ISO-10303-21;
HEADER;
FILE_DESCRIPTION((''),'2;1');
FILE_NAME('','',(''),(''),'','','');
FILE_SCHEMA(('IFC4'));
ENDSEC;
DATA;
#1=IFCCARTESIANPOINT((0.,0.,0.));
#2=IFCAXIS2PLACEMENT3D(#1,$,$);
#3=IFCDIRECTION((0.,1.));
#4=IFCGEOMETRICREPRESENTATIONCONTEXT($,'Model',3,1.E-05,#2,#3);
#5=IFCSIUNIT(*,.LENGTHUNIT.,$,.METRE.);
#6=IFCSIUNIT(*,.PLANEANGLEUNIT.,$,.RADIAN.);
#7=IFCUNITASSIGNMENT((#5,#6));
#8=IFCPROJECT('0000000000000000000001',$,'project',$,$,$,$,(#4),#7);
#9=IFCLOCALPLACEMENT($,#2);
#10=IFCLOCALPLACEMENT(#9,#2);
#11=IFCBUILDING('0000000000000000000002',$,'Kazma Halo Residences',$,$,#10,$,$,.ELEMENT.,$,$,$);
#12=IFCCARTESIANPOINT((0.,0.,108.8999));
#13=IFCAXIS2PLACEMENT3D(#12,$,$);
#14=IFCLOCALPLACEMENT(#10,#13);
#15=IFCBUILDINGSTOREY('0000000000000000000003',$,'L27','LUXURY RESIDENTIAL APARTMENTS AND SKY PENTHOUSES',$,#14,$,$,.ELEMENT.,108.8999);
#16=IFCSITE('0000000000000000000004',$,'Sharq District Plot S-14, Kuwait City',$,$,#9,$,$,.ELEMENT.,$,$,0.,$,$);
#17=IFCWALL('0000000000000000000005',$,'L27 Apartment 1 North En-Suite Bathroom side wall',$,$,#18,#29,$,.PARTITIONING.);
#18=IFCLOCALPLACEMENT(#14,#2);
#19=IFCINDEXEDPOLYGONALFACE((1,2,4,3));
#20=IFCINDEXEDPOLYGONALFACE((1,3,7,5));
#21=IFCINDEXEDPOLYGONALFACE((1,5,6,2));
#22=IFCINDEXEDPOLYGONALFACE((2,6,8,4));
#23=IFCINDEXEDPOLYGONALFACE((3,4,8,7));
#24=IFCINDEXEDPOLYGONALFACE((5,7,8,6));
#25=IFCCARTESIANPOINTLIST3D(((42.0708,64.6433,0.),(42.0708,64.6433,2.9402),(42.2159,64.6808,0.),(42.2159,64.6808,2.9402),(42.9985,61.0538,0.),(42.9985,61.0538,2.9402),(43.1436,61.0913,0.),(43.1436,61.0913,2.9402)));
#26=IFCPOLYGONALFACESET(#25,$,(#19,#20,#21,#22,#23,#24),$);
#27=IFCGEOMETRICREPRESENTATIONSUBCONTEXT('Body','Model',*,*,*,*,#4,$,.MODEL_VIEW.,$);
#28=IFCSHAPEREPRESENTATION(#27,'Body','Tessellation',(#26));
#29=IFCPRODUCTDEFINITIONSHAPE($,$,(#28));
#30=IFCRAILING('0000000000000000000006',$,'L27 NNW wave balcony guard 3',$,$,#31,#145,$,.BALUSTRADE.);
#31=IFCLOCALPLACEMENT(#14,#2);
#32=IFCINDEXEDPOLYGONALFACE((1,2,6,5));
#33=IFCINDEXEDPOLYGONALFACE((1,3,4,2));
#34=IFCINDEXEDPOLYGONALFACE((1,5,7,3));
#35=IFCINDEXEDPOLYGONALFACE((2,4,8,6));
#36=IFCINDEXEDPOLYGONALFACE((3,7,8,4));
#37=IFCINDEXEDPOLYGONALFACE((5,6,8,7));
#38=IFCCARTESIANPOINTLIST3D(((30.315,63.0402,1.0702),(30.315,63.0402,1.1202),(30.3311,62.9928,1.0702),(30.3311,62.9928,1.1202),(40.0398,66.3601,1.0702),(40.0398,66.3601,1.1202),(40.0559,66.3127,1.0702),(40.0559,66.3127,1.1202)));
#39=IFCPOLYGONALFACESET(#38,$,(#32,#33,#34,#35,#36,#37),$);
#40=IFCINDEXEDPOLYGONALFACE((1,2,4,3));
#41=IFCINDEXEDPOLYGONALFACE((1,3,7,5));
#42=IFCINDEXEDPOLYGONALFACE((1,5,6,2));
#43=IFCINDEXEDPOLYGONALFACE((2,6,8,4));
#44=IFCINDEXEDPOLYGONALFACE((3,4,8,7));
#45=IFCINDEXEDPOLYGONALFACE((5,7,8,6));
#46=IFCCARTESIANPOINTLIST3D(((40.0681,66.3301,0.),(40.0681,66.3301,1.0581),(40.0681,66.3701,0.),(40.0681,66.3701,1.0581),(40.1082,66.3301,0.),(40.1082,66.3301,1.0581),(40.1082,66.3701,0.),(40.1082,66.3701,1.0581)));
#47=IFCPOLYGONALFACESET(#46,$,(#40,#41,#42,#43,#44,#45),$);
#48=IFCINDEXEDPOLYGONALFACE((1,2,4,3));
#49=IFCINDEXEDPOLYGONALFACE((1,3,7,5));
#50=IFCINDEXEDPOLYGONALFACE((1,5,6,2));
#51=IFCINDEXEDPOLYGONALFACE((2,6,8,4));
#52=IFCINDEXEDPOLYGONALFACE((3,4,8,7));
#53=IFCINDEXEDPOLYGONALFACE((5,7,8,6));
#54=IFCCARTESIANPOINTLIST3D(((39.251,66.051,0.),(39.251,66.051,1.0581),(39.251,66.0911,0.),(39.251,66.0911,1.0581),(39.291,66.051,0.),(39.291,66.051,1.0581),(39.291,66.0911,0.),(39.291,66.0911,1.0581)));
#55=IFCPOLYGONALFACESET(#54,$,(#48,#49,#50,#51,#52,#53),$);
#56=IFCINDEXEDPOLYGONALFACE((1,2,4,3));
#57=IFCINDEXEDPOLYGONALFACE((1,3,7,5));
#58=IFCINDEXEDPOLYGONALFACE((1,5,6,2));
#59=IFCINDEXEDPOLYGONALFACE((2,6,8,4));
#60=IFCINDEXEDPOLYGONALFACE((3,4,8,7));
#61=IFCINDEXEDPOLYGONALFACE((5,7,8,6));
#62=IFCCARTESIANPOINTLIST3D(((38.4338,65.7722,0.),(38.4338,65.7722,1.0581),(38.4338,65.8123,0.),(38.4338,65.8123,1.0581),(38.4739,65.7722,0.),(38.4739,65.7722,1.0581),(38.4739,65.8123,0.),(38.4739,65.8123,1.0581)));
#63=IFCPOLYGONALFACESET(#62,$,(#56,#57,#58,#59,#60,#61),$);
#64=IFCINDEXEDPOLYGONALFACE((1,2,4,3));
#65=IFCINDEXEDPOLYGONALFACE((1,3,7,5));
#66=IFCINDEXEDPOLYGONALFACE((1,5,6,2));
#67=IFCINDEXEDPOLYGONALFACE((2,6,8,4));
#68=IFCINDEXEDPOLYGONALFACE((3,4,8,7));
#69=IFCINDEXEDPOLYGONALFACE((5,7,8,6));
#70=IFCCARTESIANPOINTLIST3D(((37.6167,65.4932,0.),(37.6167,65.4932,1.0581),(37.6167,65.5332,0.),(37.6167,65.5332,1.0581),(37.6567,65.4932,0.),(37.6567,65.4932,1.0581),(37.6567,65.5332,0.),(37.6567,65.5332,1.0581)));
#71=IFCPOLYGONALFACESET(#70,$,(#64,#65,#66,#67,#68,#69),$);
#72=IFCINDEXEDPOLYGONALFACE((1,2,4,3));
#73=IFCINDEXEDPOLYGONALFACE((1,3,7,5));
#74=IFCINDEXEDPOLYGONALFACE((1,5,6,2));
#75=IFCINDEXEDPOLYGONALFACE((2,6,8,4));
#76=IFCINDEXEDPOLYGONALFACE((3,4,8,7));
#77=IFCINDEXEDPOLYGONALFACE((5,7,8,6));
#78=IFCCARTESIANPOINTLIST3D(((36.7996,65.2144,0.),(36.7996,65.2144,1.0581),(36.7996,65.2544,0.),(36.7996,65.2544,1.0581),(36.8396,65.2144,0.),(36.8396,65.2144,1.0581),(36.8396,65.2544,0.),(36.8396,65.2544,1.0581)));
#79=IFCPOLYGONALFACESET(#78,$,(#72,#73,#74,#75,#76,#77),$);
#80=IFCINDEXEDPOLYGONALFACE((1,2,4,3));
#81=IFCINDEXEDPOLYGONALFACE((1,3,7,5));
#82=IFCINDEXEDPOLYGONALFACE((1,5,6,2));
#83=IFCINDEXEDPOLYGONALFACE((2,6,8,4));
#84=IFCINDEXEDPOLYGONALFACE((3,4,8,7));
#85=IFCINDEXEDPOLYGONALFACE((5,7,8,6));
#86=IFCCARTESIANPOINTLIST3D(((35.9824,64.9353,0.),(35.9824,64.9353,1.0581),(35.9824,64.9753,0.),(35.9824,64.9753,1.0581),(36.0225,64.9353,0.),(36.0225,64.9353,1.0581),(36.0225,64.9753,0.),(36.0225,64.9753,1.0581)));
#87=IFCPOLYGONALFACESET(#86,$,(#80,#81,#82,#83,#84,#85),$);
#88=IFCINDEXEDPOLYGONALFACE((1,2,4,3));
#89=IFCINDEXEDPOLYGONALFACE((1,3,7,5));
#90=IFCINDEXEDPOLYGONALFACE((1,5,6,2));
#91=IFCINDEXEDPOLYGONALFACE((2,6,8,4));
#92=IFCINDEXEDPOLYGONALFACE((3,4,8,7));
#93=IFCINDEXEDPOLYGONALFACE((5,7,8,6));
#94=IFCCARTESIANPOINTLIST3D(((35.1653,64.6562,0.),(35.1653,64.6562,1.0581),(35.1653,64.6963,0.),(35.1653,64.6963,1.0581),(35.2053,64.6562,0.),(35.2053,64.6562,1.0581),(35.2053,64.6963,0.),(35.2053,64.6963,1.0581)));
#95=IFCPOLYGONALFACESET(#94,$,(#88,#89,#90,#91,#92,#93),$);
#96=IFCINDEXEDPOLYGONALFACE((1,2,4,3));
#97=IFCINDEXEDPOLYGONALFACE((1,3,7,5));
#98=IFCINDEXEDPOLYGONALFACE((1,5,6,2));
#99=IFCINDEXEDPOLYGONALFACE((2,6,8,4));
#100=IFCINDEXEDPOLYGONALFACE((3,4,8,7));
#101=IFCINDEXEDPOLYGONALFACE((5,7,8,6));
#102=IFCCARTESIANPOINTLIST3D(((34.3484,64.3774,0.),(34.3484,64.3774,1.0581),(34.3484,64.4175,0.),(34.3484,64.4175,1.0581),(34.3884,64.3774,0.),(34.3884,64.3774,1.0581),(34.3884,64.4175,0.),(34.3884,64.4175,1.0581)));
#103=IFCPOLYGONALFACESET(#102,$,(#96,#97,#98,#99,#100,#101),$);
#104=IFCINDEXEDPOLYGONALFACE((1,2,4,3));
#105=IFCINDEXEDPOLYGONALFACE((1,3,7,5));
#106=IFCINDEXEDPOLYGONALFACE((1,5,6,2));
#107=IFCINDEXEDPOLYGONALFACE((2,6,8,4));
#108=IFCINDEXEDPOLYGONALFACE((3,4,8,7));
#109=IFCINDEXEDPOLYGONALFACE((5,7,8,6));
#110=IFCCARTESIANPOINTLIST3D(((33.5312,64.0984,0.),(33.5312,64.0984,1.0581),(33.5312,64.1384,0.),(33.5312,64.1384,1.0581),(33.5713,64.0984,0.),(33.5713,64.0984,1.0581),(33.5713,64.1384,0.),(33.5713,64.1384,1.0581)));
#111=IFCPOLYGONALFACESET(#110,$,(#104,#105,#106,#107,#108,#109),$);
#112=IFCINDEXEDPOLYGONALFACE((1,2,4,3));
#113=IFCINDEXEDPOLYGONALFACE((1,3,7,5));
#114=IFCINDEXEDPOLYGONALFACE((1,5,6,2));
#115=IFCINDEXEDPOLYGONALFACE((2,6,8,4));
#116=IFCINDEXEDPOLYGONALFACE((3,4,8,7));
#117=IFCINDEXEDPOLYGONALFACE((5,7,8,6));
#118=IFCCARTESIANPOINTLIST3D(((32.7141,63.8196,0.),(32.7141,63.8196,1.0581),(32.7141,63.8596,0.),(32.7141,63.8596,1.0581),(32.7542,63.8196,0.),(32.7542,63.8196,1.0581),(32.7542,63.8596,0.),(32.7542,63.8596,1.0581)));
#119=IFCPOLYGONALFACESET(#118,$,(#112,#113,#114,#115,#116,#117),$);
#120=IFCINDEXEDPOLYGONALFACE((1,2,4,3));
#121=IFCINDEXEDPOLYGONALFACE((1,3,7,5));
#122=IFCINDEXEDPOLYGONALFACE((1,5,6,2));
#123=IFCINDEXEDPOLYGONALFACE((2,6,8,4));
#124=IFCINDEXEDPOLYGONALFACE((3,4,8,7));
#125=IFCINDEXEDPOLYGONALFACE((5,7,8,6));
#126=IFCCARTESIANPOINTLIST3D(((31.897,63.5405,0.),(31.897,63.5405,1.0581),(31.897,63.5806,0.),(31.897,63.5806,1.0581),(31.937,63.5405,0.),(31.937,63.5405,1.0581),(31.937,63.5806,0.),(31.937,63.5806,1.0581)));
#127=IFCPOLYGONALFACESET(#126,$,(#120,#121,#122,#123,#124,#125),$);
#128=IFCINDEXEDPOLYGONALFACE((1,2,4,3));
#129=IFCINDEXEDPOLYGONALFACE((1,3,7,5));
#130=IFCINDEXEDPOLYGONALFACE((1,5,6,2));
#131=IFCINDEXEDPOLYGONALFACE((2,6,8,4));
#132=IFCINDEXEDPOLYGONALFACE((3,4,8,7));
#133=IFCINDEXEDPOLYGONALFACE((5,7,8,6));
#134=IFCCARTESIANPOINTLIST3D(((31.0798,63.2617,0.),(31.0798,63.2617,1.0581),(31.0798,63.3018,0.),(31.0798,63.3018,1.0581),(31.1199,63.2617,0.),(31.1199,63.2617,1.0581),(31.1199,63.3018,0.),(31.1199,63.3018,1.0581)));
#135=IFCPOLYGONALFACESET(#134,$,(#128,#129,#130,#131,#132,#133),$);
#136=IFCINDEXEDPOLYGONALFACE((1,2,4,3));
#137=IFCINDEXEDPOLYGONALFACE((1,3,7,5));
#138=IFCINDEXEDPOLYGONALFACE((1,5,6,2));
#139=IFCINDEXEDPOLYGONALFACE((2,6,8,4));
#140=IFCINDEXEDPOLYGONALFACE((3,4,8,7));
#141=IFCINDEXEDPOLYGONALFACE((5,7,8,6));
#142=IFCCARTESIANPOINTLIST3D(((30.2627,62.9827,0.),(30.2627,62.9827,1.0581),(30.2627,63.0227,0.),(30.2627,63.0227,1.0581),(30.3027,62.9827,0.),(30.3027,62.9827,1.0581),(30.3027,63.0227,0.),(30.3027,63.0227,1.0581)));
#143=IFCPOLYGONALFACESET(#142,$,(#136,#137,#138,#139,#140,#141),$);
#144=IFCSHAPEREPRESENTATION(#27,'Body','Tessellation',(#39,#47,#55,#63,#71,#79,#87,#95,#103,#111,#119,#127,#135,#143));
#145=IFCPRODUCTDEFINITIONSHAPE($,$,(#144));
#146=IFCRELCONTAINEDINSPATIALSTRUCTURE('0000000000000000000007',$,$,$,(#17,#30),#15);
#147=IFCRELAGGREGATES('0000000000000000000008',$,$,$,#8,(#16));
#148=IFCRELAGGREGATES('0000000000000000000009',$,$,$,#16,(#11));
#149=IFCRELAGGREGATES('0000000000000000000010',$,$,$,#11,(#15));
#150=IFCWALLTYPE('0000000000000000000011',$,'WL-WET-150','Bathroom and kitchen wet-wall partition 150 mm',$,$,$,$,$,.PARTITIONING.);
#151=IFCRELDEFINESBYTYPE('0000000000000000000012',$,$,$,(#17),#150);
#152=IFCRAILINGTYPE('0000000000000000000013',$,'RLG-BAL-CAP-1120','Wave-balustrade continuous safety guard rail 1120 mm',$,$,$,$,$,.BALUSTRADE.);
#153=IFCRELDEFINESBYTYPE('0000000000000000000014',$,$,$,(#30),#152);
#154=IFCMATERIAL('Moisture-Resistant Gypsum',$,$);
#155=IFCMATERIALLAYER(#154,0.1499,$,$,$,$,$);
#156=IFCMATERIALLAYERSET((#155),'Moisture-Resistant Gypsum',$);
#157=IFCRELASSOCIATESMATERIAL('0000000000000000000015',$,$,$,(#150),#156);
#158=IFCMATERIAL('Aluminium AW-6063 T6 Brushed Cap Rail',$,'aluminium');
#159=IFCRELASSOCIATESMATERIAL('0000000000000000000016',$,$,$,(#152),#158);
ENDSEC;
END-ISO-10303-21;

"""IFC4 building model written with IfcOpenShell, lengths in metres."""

from ifc_helpers import new_model, si_unit, direction, frame, frame_2d, origin, origin_2d, place, context, subcontext, project, spatial, rectangle, extrude, material, layer, layer_set, type_object, element, save


model = new_model("IFC4")

# Units and contexts
model_context = context("Model", 3, precision=1e-05, world=origin(), true_north=direction((0.0, 1.0)))
body_context = subcontext(model_context, "Body", "Model", "MODEL_VIEW")
ifc_project = project(units=[si_unit("LENGTHUNIT", "METRE"), si_unit("PLANEANGLEUNIT", "RADIAN")], contexts=[model_context])

# Site, building, storey
site_placement = place(None, origin())
site = spatial("IfcSite", under=ifc_project, at=site_placement, Name="Sharq District Plot S-14, Kuwait City", CompositionType="ELEMENT", RefElevation=0.0)
building_placement = place(site_placement, origin())
building = spatial("IfcBuilding", under=site, at=building_placement, Name="Kazma Halo Residences", CompositionType="ELEMENT")
storey_placement = place(building_placement, frame((0.0, 0.0, 108.8999)))
storey = spatial("IfcBuildingStorey", under=building, at=storey_placement, Name="L27", Description="LUXURY RESIDENTIAL APARTMENTS AND SKY PENTHOUSES", CompositionType="ELEMENT", Elevation=108.8999)

# Shared definitions
ifc_material_1 = material(Name="Moisture-Resistant Gypsum")
ifc_layer_1 = layer(ifc_material_1, 0.1499)
ifc_layer_set_1 = layer_set([ifc_layer_1], Name="Moisture-Resistant Gypsum")
wall_type_1 = type_object("IfcWallType", Name="WL-WET-150", Description="Bathroom and kitchen wet-wall partition 150 mm", PredefinedType="PARTITIONING", material=ifc_layer_set_1)

# Wall
wall_1_placement = place(storey_placement, frame((43.071, 61.0725, 0.0), z_axis=(0.0, 0.0, 1.0), x_axis=(-0.250229, 0.968187, 0.0)))
element("IfcWall", 1, at=wall_1_placement, inside=storey, type_object=wall_type_1, Name="L27 Apartment 1 North En-Suite Bathroom side wall", PredefinedType="PARTITIONING", context=body_context, shape_type="SweptSolid", body=[
    extrude(rectangle(XDim=3.7075, YDim=0.1499, at=frame_2d((1.8538, 0.0))), origin(), (0.0, 0.0, 1.0), 2.9402),
])

# Railing
ifc_material_2 = material(Name="Aluminium AW-6063 T6 Brushed Cap Rail", Category="aluminium")
railing_type = type_object("IfcRailingType", Name="RLG-BAL-CAP-1120", Description="Wave-balustrade continuous safety guard rail 1120 mm", PredefinedType="BALUSTRADE", material=ifc_material_2)
railing_placement = place(storey_placement, frame((40.0881, 66.3501, 0.0)))
element("IfcRailing", 2, at=railing_placement, inside=storey, type_object=railing_type, Name="L27 NNW wave balcony guard 3", PredefinedType="BALUSTRADE", context=body_context, shape_type="SweptSolid", body=[
    extrude(rectangle(XDim=0.05, YDim=0.05, at=origin_2d()), frame((-0.0403, -0.0137, 1.0952), z_axis=(-0.946373, -0.323076, 0.0), x_axis=(0.323076, -0.946373, 0.0)), (0.0, 0.0, 1.0), 10.2759),
    extrude(rectangle(XDim=0.04, YDim=0.04, at=origin_2d()), origin(), (0.0, 0.0, 1.0), 1.0581),
    extrude(rectangle(XDim=0.04, YDim=0.04, at=origin_2d()), frame((-0.8171, -0.2791, 0.0)), (0.0, 0.0, 1.0), 1.0581),
    extrude(rectangle(XDim=0.04, YDim=0.04, at=origin_2d()), frame((-1.6343, -0.5579, 0.0)), (0.0, 0.0, 1.0), 1.0581),
    extrude(rectangle(XDim=0.04, YDim=0.04, at=origin_2d()), frame((-2.4514, -0.8369, 0.0)), (0.0, 0.0, 1.0), 1.0581),
    extrude(rectangle(XDim=0.04, YDim=0.04, at=origin_2d()), frame((-3.2686, -1.1157, 0.0)), (0.0, 0.0, 1.0), 1.0581),
    extrude(rectangle(XDim=0.04, YDim=0.04, at=origin_2d()), frame((-4.0857, -1.3948, 0.0)), (0.0, 0.0, 1.0), 1.0581),
    extrude(rectangle(XDim=0.04, YDim=0.04, at=origin_2d()), frame((-4.9028, -1.6738, 0.0)), (0.0, 0.0, 1.0), 1.0581),
    extrude(rectangle(XDim=0.04, YDim=0.04, at=origin_2d()), frame((-5.7197, -1.9526, 0.0)), (0.0, 0.0, 1.0), 1.0581),
    extrude(rectangle(XDim=0.04, YDim=0.04, at=origin_2d()), frame((-6.5369, -2.2317, 0.0)), (0.0, 0.0, 1.0), 1.0581),
    extrude(rectangle(XDim=0.04, YDim=0.04, at=origin_2d()), frame((-7.354, -2.5105, 0.0)), (0.0, 0.0, 1.0), 1.0581),
    extrude(rectangle(XDim=0.04, YDim=0.04, at=origin_2d()), frame((-8.1711, -2.7896, 0.0)), (0.0, 0.0, 1.0), 1.0581),
    extrude(rectangle(XDim=0.04, YDim=0.04, at=origin_2d()), frame((-8.9883, -3.0684, 0.0)), (0.0, 0.0, 1.0), 1.0581),
    extrude(rectangle(XDim=0.04, YDim=0.04, at=origin_2d()), frame((-9.8054, -3.3474, 0.0)), (0.0, 0.0, 1.0), 1.0581),
])

save(model, "model.ifc")
